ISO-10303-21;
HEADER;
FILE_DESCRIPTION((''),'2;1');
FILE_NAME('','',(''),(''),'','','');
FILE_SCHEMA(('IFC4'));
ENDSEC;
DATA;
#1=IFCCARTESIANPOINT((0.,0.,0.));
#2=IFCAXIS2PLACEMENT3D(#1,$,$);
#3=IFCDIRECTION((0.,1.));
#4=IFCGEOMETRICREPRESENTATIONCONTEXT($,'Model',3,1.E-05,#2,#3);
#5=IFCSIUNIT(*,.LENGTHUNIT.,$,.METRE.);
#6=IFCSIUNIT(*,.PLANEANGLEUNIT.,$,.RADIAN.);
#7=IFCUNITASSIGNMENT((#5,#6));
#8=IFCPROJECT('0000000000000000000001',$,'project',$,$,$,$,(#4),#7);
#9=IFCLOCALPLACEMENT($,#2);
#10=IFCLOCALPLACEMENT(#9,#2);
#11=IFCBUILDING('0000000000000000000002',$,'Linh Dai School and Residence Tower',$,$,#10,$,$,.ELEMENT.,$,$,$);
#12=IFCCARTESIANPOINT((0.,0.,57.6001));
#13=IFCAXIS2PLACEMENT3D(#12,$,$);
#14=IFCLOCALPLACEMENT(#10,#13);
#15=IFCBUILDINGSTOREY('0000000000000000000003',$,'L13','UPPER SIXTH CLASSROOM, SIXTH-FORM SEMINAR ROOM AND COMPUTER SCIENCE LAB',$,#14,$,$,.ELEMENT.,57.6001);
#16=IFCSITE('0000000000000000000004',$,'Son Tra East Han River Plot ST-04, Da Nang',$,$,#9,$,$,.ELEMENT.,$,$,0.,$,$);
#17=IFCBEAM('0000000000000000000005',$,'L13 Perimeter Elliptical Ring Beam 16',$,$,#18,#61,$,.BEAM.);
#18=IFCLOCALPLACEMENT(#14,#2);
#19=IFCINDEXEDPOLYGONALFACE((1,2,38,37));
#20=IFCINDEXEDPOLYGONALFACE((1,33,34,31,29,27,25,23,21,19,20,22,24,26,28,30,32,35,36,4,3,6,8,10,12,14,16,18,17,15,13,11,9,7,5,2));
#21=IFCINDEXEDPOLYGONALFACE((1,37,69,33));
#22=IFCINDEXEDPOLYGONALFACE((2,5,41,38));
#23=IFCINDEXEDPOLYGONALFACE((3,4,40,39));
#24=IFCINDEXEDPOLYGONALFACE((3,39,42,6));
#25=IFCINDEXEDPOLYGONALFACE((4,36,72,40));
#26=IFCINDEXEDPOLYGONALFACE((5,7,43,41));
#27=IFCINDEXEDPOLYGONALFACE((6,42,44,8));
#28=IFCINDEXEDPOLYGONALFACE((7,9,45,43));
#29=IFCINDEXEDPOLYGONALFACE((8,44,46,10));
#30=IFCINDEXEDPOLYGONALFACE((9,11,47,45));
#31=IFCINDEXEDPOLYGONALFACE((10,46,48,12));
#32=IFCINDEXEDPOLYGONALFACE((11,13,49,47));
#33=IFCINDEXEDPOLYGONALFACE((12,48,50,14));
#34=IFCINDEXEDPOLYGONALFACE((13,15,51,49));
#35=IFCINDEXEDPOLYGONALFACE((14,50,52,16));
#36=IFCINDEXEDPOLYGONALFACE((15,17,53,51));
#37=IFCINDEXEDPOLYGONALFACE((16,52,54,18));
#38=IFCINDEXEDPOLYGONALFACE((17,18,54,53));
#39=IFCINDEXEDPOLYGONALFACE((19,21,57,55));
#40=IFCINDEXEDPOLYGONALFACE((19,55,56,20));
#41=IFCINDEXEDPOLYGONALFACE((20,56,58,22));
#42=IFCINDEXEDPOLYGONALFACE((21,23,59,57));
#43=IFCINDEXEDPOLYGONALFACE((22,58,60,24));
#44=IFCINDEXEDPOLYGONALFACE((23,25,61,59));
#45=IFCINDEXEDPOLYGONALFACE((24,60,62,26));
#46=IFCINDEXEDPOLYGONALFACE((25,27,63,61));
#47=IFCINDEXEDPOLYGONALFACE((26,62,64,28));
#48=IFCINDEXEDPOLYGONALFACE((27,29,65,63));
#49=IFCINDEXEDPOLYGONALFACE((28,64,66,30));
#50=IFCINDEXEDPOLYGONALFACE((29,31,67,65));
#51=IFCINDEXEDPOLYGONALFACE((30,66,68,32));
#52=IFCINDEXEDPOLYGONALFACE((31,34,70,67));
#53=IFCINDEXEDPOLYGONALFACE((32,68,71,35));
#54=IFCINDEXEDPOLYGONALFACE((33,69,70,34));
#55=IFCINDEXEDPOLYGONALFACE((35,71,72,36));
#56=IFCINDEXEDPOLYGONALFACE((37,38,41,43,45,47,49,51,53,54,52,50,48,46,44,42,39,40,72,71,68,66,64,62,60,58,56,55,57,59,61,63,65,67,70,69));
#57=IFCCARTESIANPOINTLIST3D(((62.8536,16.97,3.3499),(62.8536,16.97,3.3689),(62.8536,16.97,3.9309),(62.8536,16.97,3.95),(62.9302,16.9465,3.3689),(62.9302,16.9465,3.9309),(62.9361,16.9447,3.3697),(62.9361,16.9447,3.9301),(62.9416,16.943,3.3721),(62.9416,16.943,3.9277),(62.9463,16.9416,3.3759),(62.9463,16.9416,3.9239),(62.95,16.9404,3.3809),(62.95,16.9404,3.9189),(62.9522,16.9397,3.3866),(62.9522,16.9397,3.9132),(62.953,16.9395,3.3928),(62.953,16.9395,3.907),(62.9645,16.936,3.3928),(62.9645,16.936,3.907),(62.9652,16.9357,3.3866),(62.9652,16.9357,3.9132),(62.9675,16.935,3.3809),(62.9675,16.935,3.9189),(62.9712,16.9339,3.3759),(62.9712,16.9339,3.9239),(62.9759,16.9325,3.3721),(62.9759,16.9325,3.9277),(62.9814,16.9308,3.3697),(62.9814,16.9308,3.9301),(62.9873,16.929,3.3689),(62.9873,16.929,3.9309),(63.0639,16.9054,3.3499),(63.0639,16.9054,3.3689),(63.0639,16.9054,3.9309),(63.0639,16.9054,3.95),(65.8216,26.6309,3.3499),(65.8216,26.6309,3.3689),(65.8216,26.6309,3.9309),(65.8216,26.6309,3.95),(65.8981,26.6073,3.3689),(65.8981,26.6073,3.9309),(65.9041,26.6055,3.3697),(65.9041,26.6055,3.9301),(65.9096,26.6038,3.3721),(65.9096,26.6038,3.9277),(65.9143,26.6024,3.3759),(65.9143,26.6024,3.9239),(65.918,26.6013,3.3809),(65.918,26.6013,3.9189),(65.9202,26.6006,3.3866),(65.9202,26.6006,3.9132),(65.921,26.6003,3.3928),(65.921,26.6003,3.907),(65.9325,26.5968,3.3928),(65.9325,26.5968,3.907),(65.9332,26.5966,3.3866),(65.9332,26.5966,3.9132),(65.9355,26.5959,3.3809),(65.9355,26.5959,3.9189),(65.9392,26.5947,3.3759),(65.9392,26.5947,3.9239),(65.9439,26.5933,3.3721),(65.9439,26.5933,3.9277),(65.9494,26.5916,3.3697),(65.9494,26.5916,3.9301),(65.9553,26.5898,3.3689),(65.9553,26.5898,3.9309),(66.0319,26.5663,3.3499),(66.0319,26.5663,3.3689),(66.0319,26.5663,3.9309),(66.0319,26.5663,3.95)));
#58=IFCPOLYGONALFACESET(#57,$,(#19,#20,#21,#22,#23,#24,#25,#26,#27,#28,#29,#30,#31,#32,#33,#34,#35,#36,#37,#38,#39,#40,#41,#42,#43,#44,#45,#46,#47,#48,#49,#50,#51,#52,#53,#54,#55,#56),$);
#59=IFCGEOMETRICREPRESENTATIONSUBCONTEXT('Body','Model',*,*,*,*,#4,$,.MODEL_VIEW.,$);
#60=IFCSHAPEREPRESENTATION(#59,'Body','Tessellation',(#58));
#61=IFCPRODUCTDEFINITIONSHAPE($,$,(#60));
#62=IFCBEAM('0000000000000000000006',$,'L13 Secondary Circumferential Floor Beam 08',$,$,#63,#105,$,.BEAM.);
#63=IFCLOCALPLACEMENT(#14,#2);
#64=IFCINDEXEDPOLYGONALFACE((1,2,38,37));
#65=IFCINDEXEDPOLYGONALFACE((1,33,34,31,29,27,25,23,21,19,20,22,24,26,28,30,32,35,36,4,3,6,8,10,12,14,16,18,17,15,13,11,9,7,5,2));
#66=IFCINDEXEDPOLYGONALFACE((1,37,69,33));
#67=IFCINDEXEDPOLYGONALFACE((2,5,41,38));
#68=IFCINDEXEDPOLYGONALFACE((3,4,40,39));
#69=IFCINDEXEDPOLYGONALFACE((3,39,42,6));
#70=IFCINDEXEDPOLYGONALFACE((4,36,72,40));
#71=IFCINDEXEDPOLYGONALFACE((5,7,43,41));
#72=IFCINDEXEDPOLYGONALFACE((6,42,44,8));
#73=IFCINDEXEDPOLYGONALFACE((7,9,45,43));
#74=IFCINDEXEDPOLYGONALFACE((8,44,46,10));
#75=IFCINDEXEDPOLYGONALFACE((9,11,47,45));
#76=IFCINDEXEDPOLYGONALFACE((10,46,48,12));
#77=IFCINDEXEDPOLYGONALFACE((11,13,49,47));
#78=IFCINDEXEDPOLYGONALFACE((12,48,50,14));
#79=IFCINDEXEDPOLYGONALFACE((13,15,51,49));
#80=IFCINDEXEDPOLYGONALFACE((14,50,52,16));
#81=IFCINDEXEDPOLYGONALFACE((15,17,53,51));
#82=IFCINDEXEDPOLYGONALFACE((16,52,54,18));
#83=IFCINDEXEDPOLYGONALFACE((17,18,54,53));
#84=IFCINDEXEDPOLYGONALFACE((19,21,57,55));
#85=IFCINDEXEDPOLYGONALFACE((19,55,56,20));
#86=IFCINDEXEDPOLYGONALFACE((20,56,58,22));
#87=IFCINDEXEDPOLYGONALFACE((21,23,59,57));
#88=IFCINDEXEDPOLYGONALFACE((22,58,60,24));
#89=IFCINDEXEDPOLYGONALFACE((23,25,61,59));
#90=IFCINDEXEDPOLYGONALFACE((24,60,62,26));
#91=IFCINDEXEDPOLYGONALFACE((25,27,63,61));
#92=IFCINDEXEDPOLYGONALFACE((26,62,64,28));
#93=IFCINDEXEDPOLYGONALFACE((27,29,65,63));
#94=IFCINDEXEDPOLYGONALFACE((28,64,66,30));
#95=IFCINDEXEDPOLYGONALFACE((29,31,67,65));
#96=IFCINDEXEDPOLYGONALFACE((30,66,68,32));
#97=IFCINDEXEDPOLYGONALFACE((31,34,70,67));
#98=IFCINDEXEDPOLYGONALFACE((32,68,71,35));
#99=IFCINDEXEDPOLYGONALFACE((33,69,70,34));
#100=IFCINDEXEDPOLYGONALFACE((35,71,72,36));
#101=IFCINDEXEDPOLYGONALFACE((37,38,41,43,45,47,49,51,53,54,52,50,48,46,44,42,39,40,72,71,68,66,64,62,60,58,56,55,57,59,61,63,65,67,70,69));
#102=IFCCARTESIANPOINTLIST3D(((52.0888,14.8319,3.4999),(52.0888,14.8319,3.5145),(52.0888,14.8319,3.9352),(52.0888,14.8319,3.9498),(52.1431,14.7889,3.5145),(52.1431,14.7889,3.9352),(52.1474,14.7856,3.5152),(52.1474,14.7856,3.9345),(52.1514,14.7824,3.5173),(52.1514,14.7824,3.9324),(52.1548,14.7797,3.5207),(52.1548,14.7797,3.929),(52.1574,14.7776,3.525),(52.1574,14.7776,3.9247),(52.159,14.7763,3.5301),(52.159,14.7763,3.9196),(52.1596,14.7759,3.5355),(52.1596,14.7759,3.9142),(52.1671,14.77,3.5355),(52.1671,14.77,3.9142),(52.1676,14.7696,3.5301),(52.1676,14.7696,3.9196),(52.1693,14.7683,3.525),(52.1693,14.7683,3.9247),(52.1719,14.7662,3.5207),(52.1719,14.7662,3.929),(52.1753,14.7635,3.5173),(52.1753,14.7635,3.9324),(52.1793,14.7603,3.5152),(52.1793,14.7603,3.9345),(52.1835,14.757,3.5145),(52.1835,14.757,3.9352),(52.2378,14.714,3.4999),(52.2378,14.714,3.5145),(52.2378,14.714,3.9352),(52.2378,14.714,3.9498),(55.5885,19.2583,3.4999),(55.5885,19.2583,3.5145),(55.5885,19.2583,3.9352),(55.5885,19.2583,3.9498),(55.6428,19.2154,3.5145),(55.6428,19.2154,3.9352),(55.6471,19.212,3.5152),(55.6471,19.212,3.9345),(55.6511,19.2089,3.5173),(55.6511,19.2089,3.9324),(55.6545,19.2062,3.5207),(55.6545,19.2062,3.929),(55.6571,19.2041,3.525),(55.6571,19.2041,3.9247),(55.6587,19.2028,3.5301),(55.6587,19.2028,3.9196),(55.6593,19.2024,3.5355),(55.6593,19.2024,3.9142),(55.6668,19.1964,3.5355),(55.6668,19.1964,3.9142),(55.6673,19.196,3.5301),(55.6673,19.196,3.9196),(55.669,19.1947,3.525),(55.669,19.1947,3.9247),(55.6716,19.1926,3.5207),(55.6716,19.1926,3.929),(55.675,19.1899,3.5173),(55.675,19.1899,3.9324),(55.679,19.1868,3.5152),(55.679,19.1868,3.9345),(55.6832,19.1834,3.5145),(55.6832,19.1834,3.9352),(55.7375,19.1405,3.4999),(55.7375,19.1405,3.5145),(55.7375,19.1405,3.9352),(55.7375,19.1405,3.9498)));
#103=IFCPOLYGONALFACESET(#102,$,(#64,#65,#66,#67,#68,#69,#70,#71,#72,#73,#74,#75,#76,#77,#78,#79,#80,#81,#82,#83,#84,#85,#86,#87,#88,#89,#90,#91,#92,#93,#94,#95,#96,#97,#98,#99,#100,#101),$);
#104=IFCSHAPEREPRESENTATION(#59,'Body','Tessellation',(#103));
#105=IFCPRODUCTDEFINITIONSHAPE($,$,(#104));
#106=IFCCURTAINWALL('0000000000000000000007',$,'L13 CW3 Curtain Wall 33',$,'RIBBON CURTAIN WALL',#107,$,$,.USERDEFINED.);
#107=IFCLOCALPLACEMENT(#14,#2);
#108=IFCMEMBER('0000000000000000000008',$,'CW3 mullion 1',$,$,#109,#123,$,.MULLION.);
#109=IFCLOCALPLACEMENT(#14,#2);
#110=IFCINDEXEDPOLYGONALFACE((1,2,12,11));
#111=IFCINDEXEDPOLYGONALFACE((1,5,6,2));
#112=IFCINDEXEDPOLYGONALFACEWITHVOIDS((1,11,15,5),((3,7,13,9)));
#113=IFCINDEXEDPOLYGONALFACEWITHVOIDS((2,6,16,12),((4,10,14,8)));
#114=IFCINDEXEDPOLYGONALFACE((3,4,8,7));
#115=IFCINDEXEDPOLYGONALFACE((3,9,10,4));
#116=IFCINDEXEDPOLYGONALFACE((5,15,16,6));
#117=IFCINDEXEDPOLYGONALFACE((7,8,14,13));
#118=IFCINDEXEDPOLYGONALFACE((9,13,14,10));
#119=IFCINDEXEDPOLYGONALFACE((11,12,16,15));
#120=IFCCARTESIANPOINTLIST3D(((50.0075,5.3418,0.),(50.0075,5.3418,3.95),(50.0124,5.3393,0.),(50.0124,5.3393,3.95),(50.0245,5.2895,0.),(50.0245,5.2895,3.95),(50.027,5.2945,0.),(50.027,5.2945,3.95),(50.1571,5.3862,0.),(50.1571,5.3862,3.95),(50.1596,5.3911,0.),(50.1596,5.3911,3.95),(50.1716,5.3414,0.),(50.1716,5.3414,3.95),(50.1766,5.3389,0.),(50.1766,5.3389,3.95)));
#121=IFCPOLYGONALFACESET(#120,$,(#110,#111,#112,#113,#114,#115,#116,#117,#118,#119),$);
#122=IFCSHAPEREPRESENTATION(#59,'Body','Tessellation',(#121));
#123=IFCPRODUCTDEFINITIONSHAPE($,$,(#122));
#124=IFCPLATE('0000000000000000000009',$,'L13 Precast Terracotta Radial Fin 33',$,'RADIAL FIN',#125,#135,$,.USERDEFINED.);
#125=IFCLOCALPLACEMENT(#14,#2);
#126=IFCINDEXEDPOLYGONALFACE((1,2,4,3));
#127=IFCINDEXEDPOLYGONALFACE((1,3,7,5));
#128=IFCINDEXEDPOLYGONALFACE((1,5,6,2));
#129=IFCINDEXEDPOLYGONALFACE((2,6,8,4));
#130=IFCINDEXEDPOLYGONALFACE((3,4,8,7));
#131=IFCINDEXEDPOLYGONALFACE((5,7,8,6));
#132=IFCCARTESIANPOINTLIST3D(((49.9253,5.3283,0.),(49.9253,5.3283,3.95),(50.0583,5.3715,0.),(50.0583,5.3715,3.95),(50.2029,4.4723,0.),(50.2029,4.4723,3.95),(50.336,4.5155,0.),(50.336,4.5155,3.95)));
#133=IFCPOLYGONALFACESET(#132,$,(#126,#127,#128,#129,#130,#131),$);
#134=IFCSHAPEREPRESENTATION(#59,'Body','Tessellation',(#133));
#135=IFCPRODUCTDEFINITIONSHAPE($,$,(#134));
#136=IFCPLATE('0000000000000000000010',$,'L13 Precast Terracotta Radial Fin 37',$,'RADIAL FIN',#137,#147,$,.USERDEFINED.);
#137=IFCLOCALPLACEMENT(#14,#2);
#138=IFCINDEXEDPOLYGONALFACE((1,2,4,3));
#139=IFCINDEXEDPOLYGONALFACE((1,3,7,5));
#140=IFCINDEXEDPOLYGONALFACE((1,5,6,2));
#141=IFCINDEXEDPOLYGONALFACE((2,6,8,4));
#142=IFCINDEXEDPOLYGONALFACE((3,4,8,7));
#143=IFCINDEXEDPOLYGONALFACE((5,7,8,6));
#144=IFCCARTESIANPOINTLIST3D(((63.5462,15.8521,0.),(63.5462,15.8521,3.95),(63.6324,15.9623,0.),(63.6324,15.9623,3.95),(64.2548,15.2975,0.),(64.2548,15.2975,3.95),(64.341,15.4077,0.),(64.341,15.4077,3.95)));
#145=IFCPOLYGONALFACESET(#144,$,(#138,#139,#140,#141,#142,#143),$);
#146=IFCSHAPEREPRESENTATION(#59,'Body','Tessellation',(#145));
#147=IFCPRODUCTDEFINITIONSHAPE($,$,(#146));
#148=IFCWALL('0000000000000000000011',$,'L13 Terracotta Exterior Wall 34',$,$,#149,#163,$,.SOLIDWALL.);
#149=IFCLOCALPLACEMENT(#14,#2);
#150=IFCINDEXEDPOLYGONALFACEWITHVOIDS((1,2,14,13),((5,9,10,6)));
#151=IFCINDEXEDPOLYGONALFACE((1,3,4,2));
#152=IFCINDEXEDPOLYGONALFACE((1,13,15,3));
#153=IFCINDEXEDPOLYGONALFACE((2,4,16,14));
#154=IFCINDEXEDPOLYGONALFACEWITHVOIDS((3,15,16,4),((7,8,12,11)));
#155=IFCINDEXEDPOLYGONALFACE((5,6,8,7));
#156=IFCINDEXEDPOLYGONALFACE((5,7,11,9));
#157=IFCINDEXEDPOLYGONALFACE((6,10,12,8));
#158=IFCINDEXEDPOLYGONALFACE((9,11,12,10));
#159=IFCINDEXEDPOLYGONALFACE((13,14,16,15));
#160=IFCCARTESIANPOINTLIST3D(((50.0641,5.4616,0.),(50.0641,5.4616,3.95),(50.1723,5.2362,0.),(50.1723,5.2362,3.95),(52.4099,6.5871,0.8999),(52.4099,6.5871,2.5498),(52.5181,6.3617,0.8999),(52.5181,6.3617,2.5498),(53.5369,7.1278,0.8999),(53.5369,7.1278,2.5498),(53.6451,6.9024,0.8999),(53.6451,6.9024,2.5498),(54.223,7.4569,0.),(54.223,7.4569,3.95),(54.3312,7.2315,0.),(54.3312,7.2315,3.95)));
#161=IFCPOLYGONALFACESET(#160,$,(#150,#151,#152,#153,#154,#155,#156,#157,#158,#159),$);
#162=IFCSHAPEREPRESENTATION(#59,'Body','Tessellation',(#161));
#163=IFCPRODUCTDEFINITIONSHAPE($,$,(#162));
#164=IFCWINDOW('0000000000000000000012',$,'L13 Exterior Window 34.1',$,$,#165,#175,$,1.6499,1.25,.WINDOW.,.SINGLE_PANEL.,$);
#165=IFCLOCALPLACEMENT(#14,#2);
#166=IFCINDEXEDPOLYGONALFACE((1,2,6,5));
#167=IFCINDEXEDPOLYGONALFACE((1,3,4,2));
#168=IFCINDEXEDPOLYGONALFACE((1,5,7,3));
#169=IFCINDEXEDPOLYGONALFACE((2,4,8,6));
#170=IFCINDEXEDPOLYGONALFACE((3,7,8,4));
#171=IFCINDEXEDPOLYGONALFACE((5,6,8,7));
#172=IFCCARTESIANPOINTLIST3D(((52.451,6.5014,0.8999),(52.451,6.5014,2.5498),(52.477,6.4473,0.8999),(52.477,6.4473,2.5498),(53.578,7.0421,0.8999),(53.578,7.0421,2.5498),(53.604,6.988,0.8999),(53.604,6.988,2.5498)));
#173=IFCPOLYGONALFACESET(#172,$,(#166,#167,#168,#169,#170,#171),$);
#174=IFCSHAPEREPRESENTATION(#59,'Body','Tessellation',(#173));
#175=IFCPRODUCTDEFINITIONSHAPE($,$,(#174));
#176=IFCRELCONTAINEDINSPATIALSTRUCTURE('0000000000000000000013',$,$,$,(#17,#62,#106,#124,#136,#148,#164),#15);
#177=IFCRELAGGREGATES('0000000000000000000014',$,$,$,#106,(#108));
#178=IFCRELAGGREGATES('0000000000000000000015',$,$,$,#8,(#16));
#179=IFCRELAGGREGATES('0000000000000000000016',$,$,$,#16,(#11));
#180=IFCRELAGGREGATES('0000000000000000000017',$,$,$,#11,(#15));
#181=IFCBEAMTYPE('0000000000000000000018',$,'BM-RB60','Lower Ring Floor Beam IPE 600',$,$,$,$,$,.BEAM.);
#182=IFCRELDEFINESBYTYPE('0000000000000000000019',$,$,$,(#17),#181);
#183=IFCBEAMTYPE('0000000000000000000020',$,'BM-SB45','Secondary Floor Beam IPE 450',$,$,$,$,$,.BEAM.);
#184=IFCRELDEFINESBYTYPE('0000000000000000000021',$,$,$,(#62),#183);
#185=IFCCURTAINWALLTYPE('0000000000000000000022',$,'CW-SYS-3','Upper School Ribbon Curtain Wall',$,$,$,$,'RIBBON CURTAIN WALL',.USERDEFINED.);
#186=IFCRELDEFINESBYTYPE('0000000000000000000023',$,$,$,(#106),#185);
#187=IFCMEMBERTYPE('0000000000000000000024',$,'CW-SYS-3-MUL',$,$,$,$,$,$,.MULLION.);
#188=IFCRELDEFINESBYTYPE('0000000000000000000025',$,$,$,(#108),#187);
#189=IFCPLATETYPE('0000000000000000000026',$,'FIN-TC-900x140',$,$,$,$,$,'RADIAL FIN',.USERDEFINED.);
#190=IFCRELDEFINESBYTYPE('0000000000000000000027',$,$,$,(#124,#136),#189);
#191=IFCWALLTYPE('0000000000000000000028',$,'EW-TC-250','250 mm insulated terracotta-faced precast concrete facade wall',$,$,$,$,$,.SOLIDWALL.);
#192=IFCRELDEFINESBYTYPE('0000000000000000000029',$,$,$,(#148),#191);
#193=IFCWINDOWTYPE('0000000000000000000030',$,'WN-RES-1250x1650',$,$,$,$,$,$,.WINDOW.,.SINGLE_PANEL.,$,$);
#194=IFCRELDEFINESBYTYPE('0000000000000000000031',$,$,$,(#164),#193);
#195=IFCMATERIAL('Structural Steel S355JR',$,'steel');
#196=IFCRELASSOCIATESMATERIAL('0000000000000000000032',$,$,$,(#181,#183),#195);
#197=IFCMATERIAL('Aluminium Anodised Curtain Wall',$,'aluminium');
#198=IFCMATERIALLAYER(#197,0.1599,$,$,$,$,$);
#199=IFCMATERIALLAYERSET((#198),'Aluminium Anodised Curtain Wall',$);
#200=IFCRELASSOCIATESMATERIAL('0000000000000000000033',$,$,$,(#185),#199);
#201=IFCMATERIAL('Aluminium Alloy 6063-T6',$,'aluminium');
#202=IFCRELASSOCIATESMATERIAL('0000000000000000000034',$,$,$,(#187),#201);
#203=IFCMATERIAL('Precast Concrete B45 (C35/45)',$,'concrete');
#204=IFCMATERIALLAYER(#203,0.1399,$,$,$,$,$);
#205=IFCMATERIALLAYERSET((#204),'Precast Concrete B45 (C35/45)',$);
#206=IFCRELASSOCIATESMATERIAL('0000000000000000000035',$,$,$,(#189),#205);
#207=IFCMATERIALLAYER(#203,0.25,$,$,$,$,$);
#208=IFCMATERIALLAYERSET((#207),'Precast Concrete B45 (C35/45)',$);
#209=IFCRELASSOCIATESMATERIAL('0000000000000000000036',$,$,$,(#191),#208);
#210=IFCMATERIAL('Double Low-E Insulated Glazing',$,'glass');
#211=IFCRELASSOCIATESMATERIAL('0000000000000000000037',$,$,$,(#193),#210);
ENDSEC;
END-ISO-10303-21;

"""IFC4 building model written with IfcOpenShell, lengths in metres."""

from ifc_helpers import new_model, si_unit, direction, frame, frame_2d, origin, origin_2d, place, context, subcontext, project, spatial, rectangle, hollow_rectangle, i_section, extrude, source, transform, mapped, material, layer, layer_set, material_profile, profile_set, type_object, element, fill, aggregate, save


model = new_model("IFC4")

# Units and contexts
model_context = context("Model", 3, precision=1e-05, world=origin(), true_north=direction((0.0, 1.0)))
body_context = subcontext(model_context, "Body", "Model", "MODEL_VIEW")
ifc_project = project(units=[si_unit("LENGTHUNIT", "METRE"), si_unit("PLANEANGLEUNIT", "RADIAN")], contexts=[model_context])

# Site, building, storey
site_placement = place(None, origin())
site = spatial("IfcSite", under=ifc_project, at=site_placement, Name="Son Tra East Han River Plot ST-04, Da Nang", CompositionType="ELEMENT", RefElevation=0.0)
building_placement = place(site_placement, origin())
building = spatial("IfcBuilding", under=site, at=building_placement, Name="Linh Dai School and Residence Tower", CompositionType="ELEMENT")
storey_placement = place(building_placement, frame((0.0, 0.0, 57.6001)))
storey = spatial("IfcBuildingStorey", under=building, at=storey_placement, Name="L13", Description="UPPER SIXTH CLASSROOM, SIXTH-FORM SEMINAR ROOM AND COMPUTER SCIENCE LAB", CompositionType="ELEMENT", Elevation=57.6001)

# Shared definitions
ifc_material_1 = material(Name="Structural Steel S355JR", Category="steel")

# Beams
ifc_material_profile_1 = material_profile(ifc_material_1, i_section(OverallWidth=0.22, OverallDepth=0.6001, WebThickness=0.012, FlangeThickness=0.019, FilletRadius=0.0239, at=origin_2d()), Name="IPE 600")
ifc_profile_set_1 = profile_set([ifc_material_profile_1], Name="Structural Steel S355JR")
beam_type_1 = type_object("IfcBeamType", Name="BM-RB60", Description="Lower Ring Floor Beam IPE 600", PredefinedType="BEAM", material=ifc_profile_set_1)
beam_1_placement = place(storey_placement, frame((62.9587, 16.9377, 3.6499), z_axis=(0.293673, 0.955906, 0.0), x_axis=(-0.955906, 0.293673, 0.0)))
element("IfcBeam", 1, at=beam_1_placement, inside=storey, type_object=beam_type_1, Name="L13 Perimeter Elliptical Ring Beam 16", PredefinedType="BEAM", context=body_context, shape_type="SweptSolid", body=[
    extrude(i_section(OverallWidth=0.22, OverallDepth=0.6001, WebThickness=0.012, FlangeThickness=0.019, FilletRadius=0.0239, at=origin_2d()), origin(), (0.0, 0.0, 1.0), 10.1064),
])
ifc_material_profile_2 = material_profile(ifc_material_1, i_section(OverallWidth=0.1899, OverallDepth=0.45, WebThickness=0.0095, FlangeThickness=0.0146, FilletRadius=0.021, at=origin_2d()), Name="IPE 450")
ifc_profile_set_2 = profile_set([ifc_material_profile_2], Name="Structural Steel S355JR")
beam_type_2 = type_object("IfcBeamType", Name="BM-SB45", Description="Secondary Floor Beam IPE 450", PredefinedType="BEAM", material=ifc_profile_set_2)
beam_2_placement = place(storey_placement, frame((52.1633, 14.7729, 3.7249), z_axis=(0.620205, 0.78444, 0.0), x_axis=(-0.78444, 0.620205, 0.0)))
element("IfcBeam", 2, at=beam_2_placement, inside=storey, type_object=beam_type_2, Name="L13 Secondary Circumferential Floor Beam 08", PredefinedType="BEAM", context=body_context, shape_type="SweptSolid", body=[
    extrude(i_section(OverallWidth=0.1899, OverallDepth=0.45, WebThickness=0.0095, FlangeThickness=0.0146, FilletRadius=0.021, at=origin_2d()), origin(), (0.0, 0.0, 1.0), 5.6428),
])

# Curtain wall, member
ifc_material_2 = material(Name="Aluminium Anodised Curtain Wall", Category="aluminium")
ifc_layer_1 = layer(ifc_material_2, 0.1599)
ifc_layer_set_1 = layer_set([ifc_layer_1], Name="Aluminium Anodised Curtain Wall")
curtain_wall_type = type_object("IfcCurtainWallType", Name="CW-SYS-3", Description="Upper School Ribbon Curtain Wall", ElementType="RIBBON CURTAIN WALL", PredefinedType="USERDEFINED", material=ifc_layer_set_1)
curtain_wall_placement = place(storey_placement, origin())
curtain_wall = element("IfcCurtainWall", 3, at=curtain_wall_placement, inside=storey, type_object=curtain_wall_type, Name="L13 CW3 Curtain Wall 33", ObjectType="RIBBON CURTAIN WALL", PredefinedType="USERDEFINED")
ifc_material_3 = material(Name="Aluminium Alloy 6063-T6", Category="aluminium")
ifc_material_profile_3 = material_profile(ifc_material_3, hollow_rectangle(XDim=0.0549, YDim=0.1599, WallThickness=0.0039, at=origin_2d()), Name="RHS 160x55x4")
ifc_profile_set_3 = profile_set([ifc_material_profile_3], Name="Aluminium Alloy 6063-T6")
member_type = type_object("IfcMemberType", Name="CW-SYS-3-MUL", PredefinedType="MULLION", material=ifc_profile_set_3)
shared_shape_1 = source(origin(), body_context, "Body", "SweptSolid", [
    extrude(hollow_rectangle(XDim=0.0549, YDim=0.1599, WallThickness=0.0039, at=origin_2d()), origin(), (0.0, 0.0, 1.0), 3.95),
])
member_placement = place(storey_placement, frame((50.092, 5.3403, 0.0), z_axis=(0.0, 0.0, 1.0), x_axis=(0.308511, -0.951221, 0.0)))
member = element("IfcMember", 4, at=member_placement, type_object=member_type, Name="CW3 mullion 1", PredefinedType="MULLION", context=body_context, shape_type="MappedRepresentation", body=[
    mapped(shared_shape_1, transform((0.0, 0.0, 0.0), x_axis=(1.0, 0.0, 0.0), y_axis=(0.0, 1.0, 0.0), z_axis=(0.0, 0.0, 1.0), scale=1.0)),
])
aggregate(curtain_wall, [member])

# Plates
ifc_material_4 = material(Name="Precast Concrete B45 (C35/45)", Category="concrete")
ifc_layer_2 = layer(ifc_material_4, 0.1399)
ifc_layer_set_2 = layer_set([ifc_layer_2], Name="Precast Concrete B45 (C35/45)")
plate_type = type_object("IfcPlateType", Name="FIN-TC-900x140", ElementType="RADIAL FIN", PredefinedType="USERDEFINED", material=ifc_layer_set_2)
shared_shape_2 = source(origin(), body_context, "Body", "SweptSolid", [
    extrude(rectangle(XDim=0.8999, YDim=0.1399, at=origin_2d()), origin(), (0.0, 0.0, 1.0), 3.95),
])
for number, where, z_axis, x_axis, name in (
    (5, (50.1306, 4.9219, 0.0), (0.0, 0.0, 1.0), (0.308511, -0.951221, 0.0), "L13 Precast Terracotta Radial Fin 33"),
    (6, (63.9436, 15.6299, 0.0), (0.0, 0.0, 1.0), (0.787496, -0.616319, 0.0), "L13 Precast Terracotta Radial Fin 37"),
):
    element("IfcPlate", number, at=place(storey_placement, frame(where, z_axis=z_axis, x_axis=x_axis)), inside=storey, type_object=plate_type, Name=name, ObjectType="RADIAL FIN", PredefinedType="USERDEFINED", context=body_context, shape_type="MappedRepresentation", body=[
        mapped(shared_shape_2, transform((0.0, 0.0, 0.0), x_axis=(1.0, 0.0, 0.0), y_axis=(0.0, 1.0, 0.0), z_axis=(0.0, 0.0, 1.0), scale=1.0)),
    ])

# Wall, opening, window
ifc_layer_3 = layer(ifc_material_4, 0.25)
ifc_layer_set_3 = layer_set([ifc_layer_3], Name="Precast Concrete B45 (C35/45)")
wall_type_1 = type_object("IfcWallType", Name="EW-TC-250", Description="250 mm insulated terracotta-faced precast concrete facade wall", PredefinedType="SOLIDWALL", material=ifc_layer_set_3)
wall_1_placement = place(storey_placement, frame((54.2771, 7.3442, 0.0), z_axis=(0.0, 0.0, 1.0), x_axis=(-0.901602, -0.432568, 0.0)))
wall_1 = element("IfcWall", 7, at=wall_1_placement, inside=storey, type_object=wall_type_1, Name="L13 Terracotta Exterior Wall 34", PredefinedType="SOLIDWALL", context=body_context, shape_type="SweptSolid", body=[
    extrude(rectangle(XDim=4.6128, YDim=0.25, at=frame_2d((2.3064, 0.0))), origin(), (0.0, 0.0, 1.0), 3.95),
])
opening_1_placement = place(wall_1_placement, frame((0.761, 0.0, 0.8999)))
opening_1 = element("IfcOpeningElement", 8, at=opening_1_placement, cuts=wall_1, PredefinedType="OPENING", context=body_context, shape_type="SweptSolid", body=[
    extrude(rectangle(XDim=1.25, YDim=1.6499, at=origin_2d()), frame((0.625, 0.135, 0.825), z_axis=(0.0, -1.0, 0.0), x_axis=(1.0, 0.0, 0.0)), (0.0, 0.0, 1.0), 0.27),
])
ifc_material_5 = material(Name="Double Low-E Insulated Glazing", Category="glass")
window_type_1 = type_object("IfcWindowType", Name="WN-RES-1250x1650", PartitioningType="SINGLE_PANEL", PredefinedType="WINDOW", material=ifc_material_5)
shared_shape_3 = source(origin(), body_context, "Body", "SweptSolid", [
    extrude(rectangle(XDim=1.25, YDim=1.6499, at=origin_2d()), frame((0.625, 0.03, 0.825), z_axis=(0.0, -1.0, 0.0), x_axis=(1.0, 0.0, 0.0)), (0.0, 0.0, 1.0), 0.0601),
])
window_1_placement = place(opening_1_placement, origin())
window_1 = element("IfcWindow", 9, at=window_1_placement, inside=storey, type_object=window_type_1, Name="L13 Exterior Window 34.1", OverallHeight=1.6499, OverallWidth=1.25, PartitioningType="SINGLE_PANEL", PredefinedType="WINDOW", context=body_context, shape_type="MappedRepresentation", body=[
    mapped(shared_shape_3, transform((0.0, 0.0, 0.0), x_axis=(1.0, 0.0, 0.0), y_axis=(0.0, 1.0, 0.0), z_axis=(0.0, 0.0, 1.0), scale=1.0)),
])
fill(opening_1, window_1)

save(model, "model.ifc")
